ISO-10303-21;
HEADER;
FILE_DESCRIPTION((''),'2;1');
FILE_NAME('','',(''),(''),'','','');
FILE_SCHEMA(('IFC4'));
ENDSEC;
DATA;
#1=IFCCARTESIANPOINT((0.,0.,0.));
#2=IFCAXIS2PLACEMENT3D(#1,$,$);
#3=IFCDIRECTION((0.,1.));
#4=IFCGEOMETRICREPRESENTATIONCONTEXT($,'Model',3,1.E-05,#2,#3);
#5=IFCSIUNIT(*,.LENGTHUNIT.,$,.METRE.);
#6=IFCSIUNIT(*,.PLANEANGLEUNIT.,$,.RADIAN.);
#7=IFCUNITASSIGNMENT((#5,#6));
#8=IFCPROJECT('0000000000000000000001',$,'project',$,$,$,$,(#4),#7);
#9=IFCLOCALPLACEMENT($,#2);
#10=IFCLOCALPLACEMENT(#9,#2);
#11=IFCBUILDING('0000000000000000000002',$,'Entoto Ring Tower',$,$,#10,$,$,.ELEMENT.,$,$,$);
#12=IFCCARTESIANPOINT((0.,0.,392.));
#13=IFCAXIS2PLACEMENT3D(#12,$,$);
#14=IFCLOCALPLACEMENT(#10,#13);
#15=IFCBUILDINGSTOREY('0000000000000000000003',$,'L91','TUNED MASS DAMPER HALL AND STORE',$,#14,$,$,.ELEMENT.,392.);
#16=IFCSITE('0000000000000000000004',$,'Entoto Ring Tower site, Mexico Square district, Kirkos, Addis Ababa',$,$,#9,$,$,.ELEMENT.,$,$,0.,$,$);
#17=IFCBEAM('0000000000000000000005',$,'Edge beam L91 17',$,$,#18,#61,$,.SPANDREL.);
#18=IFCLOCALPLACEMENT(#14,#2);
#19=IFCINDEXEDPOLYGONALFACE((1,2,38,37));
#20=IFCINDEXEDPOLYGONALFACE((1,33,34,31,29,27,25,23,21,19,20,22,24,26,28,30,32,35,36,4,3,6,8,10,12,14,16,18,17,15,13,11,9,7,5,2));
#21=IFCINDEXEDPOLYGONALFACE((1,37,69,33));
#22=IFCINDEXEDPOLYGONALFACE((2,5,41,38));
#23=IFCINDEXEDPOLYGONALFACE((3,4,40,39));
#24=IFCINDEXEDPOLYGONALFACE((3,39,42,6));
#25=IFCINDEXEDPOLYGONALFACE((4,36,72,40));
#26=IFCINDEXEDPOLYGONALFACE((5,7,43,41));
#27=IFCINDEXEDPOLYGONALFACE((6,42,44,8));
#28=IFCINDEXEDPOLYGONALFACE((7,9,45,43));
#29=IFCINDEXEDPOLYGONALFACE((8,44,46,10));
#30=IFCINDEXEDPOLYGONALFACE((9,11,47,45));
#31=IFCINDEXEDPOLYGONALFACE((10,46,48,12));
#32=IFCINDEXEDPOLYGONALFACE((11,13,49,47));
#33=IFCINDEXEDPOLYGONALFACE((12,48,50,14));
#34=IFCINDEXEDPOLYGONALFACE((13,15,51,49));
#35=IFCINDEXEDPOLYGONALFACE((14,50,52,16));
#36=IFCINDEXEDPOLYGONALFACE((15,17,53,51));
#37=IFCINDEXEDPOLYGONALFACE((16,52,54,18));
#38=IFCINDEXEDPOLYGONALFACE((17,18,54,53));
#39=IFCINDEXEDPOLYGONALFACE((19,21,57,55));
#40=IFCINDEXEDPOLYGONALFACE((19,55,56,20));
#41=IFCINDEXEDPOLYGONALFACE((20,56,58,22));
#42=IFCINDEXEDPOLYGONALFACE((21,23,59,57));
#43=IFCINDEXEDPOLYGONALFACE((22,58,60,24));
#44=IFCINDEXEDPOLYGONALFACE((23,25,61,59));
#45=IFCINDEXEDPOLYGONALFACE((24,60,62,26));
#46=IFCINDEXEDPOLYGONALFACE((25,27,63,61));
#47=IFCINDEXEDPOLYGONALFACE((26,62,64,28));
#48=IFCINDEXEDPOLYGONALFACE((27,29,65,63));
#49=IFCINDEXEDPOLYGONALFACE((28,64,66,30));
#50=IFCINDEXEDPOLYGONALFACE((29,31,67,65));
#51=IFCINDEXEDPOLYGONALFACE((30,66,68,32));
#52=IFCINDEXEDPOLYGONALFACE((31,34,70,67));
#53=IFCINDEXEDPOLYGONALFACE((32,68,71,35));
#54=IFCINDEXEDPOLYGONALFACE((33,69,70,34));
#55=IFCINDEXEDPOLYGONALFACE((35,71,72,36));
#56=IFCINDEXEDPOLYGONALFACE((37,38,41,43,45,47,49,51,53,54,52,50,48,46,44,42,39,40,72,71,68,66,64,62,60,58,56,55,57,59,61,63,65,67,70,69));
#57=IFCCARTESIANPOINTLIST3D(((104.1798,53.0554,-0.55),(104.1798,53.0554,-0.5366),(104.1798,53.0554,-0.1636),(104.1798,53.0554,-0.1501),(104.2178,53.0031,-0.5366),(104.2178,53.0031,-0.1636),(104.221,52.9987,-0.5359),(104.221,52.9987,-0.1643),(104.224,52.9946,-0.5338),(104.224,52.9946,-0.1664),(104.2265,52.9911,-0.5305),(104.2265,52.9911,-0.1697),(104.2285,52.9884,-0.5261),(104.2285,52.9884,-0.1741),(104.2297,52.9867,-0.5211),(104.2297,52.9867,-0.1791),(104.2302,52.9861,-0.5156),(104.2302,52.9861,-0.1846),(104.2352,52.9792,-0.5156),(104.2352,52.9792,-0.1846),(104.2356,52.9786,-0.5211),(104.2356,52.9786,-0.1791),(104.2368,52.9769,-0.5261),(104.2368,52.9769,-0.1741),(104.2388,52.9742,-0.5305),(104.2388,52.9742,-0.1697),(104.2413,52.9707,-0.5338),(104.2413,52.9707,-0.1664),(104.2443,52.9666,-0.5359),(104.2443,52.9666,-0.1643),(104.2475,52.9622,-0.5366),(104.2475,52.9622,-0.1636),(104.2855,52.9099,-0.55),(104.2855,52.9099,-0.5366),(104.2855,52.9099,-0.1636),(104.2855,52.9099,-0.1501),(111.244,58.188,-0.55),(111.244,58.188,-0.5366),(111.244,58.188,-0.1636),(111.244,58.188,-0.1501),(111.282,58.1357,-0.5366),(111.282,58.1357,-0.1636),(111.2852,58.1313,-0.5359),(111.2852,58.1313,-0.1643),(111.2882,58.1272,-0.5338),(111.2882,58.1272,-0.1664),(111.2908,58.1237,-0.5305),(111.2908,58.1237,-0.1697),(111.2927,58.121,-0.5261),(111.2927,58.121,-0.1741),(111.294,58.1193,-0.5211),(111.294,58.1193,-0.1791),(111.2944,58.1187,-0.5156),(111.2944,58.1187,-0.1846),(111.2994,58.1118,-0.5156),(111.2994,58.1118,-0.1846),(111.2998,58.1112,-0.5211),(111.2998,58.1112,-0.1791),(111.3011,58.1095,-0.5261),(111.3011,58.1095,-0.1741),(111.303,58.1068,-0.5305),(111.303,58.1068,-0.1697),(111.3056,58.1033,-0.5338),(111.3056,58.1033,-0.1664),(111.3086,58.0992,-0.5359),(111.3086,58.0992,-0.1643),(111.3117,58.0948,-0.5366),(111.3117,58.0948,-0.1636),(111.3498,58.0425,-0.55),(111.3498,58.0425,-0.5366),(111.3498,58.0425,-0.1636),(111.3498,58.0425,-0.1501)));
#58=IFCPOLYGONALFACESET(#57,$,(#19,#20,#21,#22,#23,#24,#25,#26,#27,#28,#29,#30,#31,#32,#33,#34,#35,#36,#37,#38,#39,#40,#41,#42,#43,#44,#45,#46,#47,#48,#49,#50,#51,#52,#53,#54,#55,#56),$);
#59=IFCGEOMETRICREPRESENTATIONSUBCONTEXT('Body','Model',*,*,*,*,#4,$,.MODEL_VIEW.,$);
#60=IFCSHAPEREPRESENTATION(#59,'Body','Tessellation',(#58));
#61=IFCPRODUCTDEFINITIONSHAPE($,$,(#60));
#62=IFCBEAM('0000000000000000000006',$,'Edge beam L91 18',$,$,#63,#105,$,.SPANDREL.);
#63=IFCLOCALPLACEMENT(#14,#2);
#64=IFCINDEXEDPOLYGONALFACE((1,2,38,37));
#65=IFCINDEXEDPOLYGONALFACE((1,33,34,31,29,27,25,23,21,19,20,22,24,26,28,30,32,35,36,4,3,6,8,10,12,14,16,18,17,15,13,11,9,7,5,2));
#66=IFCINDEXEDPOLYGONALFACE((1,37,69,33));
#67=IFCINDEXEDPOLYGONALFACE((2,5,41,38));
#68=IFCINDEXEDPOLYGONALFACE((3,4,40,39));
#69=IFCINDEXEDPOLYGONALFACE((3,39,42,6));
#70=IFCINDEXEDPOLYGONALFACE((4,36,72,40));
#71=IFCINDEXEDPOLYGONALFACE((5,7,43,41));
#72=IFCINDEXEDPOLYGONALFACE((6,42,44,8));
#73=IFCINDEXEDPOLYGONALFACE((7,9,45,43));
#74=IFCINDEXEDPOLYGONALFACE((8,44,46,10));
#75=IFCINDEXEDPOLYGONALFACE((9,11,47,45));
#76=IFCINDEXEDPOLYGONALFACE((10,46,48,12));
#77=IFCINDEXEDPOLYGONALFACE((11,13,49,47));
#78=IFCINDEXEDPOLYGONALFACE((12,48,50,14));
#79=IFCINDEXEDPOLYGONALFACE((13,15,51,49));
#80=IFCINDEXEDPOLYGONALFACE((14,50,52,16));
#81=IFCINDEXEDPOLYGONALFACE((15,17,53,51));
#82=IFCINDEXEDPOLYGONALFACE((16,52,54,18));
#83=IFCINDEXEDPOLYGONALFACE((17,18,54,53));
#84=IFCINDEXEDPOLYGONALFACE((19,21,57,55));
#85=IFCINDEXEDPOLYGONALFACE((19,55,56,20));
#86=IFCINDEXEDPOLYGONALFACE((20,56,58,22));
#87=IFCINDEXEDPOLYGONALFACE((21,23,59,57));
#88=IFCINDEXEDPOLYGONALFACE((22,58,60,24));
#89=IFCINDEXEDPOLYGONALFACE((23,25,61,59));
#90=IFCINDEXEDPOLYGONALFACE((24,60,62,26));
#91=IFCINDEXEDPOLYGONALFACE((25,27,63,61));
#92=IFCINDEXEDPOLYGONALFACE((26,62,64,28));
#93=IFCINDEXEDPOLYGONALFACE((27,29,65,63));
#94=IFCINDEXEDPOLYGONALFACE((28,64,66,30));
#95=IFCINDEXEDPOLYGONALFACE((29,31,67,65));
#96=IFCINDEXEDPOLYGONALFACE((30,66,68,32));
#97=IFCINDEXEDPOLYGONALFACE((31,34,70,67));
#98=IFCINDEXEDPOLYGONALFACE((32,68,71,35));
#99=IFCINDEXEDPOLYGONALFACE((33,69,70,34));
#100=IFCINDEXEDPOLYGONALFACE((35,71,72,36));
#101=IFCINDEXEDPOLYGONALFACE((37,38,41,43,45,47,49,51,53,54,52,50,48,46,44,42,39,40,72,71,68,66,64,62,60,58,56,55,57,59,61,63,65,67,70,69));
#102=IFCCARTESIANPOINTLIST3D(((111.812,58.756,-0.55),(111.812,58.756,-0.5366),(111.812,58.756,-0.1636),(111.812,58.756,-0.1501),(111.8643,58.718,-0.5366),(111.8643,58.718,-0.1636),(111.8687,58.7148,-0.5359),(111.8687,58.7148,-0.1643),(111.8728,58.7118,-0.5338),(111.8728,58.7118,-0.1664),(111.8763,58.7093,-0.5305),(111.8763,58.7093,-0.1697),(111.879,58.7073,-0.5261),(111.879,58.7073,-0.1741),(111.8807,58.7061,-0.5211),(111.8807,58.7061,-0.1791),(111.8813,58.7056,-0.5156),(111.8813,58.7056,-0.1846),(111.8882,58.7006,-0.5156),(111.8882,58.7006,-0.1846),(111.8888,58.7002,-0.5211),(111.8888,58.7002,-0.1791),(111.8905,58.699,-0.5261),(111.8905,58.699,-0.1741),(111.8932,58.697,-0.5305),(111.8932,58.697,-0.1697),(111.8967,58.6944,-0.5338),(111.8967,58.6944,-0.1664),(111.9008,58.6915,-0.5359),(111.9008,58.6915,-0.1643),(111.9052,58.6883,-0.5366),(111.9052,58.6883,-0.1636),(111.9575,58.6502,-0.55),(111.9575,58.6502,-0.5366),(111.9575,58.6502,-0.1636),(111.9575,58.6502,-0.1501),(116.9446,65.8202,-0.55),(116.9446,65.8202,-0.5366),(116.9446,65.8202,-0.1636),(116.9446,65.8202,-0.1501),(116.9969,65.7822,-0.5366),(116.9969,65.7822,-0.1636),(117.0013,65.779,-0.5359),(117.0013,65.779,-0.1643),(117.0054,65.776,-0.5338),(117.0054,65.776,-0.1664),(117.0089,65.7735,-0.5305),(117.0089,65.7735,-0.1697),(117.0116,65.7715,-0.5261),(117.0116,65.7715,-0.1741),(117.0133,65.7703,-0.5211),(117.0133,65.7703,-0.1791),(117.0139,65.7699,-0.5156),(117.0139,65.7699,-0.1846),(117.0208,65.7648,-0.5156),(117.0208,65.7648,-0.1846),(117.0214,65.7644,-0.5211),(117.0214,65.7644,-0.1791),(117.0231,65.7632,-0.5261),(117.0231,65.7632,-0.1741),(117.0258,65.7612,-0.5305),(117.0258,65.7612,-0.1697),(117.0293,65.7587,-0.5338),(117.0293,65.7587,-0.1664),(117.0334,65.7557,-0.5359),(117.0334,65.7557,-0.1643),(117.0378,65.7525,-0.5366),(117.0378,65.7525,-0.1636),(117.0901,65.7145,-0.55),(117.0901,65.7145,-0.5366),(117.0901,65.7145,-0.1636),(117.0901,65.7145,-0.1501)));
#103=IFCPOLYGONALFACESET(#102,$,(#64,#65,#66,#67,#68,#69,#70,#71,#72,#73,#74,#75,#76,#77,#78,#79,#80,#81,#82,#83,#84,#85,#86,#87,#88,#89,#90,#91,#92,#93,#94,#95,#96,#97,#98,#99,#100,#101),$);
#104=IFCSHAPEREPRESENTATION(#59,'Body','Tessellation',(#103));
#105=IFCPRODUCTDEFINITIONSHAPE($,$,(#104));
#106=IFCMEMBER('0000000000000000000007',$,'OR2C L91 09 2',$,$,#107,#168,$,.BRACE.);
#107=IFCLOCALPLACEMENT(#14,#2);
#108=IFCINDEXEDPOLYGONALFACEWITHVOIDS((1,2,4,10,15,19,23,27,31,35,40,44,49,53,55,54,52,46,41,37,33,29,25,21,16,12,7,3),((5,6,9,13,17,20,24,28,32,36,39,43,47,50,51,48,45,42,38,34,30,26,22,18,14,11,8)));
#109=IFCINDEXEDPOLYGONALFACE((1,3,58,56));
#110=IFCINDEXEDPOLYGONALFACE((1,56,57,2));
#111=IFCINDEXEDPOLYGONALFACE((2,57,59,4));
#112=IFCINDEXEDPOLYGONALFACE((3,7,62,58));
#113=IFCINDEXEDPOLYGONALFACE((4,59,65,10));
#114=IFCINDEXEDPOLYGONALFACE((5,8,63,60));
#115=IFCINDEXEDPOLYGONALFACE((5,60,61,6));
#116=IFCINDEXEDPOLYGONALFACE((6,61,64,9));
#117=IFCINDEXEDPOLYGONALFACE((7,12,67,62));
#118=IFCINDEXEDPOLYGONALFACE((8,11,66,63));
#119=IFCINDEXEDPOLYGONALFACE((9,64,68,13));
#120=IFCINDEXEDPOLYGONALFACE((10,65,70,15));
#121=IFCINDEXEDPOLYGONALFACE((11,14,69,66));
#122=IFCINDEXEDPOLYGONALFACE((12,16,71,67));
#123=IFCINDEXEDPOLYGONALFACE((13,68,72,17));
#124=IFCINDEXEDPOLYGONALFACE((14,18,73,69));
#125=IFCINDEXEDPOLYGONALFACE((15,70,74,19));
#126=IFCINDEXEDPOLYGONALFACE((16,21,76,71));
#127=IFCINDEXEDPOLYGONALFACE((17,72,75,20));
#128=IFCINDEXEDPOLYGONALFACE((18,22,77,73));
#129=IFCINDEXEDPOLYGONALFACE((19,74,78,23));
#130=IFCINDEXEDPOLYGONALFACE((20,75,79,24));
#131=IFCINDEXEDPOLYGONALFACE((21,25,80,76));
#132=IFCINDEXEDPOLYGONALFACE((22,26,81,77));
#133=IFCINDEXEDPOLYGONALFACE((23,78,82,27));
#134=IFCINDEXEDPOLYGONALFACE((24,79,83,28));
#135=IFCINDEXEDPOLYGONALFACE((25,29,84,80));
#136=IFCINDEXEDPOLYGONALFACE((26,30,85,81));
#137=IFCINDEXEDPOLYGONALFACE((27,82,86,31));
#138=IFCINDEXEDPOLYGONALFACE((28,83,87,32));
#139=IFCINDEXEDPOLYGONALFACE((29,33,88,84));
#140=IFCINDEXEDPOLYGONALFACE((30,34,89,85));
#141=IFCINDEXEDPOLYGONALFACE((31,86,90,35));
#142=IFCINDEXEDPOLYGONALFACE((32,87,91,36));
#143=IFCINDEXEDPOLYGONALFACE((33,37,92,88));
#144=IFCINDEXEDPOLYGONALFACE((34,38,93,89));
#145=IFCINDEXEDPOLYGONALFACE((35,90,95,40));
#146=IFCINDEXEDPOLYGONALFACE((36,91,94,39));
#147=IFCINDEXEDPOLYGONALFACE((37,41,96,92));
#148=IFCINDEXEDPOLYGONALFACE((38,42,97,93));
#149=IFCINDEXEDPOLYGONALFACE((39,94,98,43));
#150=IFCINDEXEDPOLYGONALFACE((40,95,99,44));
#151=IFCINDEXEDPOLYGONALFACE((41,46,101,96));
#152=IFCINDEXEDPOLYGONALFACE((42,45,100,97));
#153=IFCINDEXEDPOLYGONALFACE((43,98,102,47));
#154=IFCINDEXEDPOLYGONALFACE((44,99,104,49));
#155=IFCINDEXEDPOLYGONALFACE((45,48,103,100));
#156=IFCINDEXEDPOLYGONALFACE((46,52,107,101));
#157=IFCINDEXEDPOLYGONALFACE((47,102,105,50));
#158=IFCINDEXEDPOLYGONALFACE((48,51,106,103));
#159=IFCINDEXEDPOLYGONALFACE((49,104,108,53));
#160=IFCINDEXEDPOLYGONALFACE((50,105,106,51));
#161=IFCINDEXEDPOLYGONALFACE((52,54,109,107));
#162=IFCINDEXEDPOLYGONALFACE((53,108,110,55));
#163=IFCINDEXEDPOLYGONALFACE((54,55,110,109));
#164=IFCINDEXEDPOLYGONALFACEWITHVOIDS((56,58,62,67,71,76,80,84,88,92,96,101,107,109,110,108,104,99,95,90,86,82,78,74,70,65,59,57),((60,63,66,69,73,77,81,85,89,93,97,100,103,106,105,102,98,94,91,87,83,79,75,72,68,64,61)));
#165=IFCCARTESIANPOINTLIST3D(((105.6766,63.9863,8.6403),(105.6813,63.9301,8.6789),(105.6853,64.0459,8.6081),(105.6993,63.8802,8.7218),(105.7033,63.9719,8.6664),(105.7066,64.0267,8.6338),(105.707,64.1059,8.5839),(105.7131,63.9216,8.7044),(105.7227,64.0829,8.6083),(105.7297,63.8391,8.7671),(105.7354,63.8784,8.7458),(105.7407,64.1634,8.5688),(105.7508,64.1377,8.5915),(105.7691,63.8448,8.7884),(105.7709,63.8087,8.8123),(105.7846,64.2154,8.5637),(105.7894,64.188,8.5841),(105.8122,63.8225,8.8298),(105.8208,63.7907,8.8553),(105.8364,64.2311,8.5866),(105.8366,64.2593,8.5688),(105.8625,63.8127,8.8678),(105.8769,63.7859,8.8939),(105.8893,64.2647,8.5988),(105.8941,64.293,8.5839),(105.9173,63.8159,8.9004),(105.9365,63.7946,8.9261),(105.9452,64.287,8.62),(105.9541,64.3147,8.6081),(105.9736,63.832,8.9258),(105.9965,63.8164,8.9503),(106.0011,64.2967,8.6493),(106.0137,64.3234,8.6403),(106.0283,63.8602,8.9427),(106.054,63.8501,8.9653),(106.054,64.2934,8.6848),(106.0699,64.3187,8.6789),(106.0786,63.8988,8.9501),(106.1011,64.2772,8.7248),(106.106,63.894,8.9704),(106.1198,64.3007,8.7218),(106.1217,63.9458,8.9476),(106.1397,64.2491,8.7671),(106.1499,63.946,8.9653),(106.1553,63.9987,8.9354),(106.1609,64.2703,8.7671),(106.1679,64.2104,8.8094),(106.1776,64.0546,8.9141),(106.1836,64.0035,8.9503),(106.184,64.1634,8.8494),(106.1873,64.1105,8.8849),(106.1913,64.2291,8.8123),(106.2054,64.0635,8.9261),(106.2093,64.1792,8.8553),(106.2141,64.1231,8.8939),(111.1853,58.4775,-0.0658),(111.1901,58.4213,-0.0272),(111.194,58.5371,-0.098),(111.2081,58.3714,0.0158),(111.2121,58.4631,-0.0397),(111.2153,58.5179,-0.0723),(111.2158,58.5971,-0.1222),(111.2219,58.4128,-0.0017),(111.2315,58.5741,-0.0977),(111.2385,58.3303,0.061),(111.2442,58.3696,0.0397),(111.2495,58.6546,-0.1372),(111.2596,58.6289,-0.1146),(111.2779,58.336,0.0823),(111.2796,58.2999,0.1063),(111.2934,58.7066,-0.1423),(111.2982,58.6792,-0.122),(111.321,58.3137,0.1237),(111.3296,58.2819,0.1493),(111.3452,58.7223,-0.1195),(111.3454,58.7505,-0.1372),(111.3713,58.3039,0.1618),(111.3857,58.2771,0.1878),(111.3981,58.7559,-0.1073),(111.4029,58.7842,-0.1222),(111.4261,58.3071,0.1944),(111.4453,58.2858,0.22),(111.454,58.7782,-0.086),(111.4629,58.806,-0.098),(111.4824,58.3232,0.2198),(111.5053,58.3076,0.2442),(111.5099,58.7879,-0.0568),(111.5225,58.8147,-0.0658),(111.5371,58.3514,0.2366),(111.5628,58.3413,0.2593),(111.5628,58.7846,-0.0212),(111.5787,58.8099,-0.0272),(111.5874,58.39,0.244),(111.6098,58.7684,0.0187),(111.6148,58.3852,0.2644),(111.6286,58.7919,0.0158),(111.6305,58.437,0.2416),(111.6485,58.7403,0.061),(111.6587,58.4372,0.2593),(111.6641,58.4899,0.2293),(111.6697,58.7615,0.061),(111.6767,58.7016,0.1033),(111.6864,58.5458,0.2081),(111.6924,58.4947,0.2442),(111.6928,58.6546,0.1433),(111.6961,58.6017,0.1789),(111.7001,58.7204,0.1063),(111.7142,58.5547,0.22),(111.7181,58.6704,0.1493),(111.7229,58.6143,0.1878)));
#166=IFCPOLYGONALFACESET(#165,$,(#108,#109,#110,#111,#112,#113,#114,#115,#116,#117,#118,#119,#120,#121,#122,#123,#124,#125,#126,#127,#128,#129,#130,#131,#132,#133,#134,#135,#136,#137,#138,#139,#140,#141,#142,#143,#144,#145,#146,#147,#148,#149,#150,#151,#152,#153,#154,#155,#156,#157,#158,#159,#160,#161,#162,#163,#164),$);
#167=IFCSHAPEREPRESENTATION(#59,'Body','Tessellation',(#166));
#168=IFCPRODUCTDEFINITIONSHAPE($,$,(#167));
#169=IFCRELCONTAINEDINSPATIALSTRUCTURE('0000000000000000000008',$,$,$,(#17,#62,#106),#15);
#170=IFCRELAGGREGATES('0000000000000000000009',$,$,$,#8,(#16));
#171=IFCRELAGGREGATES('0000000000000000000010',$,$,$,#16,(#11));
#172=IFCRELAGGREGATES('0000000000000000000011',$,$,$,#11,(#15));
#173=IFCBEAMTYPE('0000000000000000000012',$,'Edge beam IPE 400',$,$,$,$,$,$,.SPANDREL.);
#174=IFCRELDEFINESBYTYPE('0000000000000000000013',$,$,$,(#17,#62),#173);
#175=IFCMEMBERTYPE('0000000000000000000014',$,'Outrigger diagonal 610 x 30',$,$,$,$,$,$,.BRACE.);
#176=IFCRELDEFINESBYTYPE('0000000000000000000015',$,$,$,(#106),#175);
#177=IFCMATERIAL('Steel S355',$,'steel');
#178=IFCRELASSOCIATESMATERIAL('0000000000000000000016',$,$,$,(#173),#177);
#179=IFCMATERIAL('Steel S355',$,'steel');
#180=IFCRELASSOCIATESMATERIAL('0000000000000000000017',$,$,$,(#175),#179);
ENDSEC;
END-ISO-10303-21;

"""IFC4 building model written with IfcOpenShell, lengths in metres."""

from ifc_helpers import new_model, si_unit, direction, frame, origin, origin_2d, place, context, subcontext, project, spatial, circle, hollow_circle, i_section, extrude, material, material_profile, profile_set, type_object, element, save


model = new_model("IFC4")

# Units and contexts
model_context = context("Model", 3, precision=1e-05, world=origin(), true_north=direction((0.0, 1.0)))
body_context = subcontext(model_context, "Body", "Model", "MODEL_VIEW")
ifc_project = project(units=[si_unit("LENGTHUNIT", "METRE"), si_unit("PLANEANGLEUNIT", "RADIAN")], contexts=[model_context])

# Site, building, storey
site_placement = place(None, origin())
site = spatial("IfcSite", under=ifc_project, at=site_placement, Name="Entoto Ring Tower site, Mexico Square district, Kirkos, Addis Ababa", CompositionType="ELEMENT", RefElevation=0.0)
building_placement = place(site_placement, origin())
building = spatial("IfcBuilding", under=site, at=building_placement, Name="Entoto Ring Tower", CompositionType="ELEMENT")
storey_placement = place(building_placement, frame((0.0, 0.0, 392.0)))
storey = spatial("IfcBuildingStorey", under=building, at=storey_placement, Name="L91", Description="TUNED MASS DAMPER HALL AND STORE", CompositionType="ELEMENT", Elevation=392.0)

# Beams
ifc_material_1 = material(Name="Steel S355", Category="steel")
ifc_material_profile_1 = material_profile(ifc_material_1, i_section(OverallWidth=0.1799, OverallDepth=0.3999, WebThickness=0.0085, FlangeThickness=0.0134, FilletRadius=0.021, at=origin_2d()), Name="IPE 400")
ifc_profile_set_1 = profile_set([ifc_material_profile_1], Name="Steel S355")
beam_type = type_object("IfcBeamType", Name="Edge beam IPE 400", PredefinedType="SPANDREL", material=ifc_profile_set_1)
for number, where, z_axis, x_axis, name in (
    (1, (104.2327, 52.9827, -0.3501), (0.80901, 0.587794, 0.0), (-0.587794, 0.80901, 0.0), "Edge beam L91 17"),
    (2, (111.8848, 58.7031, -0.3501), (0.587794, 0.80901, 0.0), (-0.80901, 0.587794, 0.0), "Edge beam L91 18"),
):
    element("IfcBeam", number, at=place(storey_placement, frame(where, z_axis=z_axis, x_axis=x_axis)), inside=storey, type_object=beam_type, Name=name, PredefinedType="SPANDREL", context=body_context, shape_type="SweptSolid", body=[
        extrude(i_section(OverallWidth=0.1799, OverallDepth=0.3999, WebThickness=0.0085, FlangeThickness=0.0134, FilletRadius=0.021, at=origin_2d()), origin(), (0.0, 0.0, 1.0), 8.7319),
    ])

# Member
ifc_material_2 = material(Name="Steel S355", Category="steel")
ifc_material_profile_2 = material_profile(ifc_material_2, hollow_circle(Radius=0.3049, WallThickness=0.03, at=origin_2d()), Name="CHS 610 x 30")
ifc_material_3 = material(Name="Concrete C60/75", Category="concrete")
ifc_material_profile_3 = material_profile(ifc_material_3, circle(Radius=0.2749, at=origin_2d()), Name="Concrete C60/75 infill")
ifc_profile_set_2 = profile_set([ifc_material_profile_2, ifc_material_profile_3], Name="Steel S355")
member_type_1 = type_object("IfcMemberType", Name="Outrigger diagonal 610 x 30", PredefinedType="BRACE", material=ifc_profile_set_2)
member_1_placement = place(storey_placement, frame((105.9453, 64.0547, 8.7671), z_axis=(0.471528, -0.471528, -0.7452), x_axis=(0.707107, 0.707107, 0.0)))
element("IfcMember", 3, at=member_1_placement, inside=storey, type_object=member_type_1, Name="OR2C L91 09 2", PredefinedType="BRACE", context=body_context, shape_type="SweptSolid", body=[
    extrude(hollow_circle(Radius=0.3049, WallThickness=0.03, at=origin_2d()), origin(), (0.0, 0.0, 1.0), 11.6829),
])

save(model, "model.ifc")
